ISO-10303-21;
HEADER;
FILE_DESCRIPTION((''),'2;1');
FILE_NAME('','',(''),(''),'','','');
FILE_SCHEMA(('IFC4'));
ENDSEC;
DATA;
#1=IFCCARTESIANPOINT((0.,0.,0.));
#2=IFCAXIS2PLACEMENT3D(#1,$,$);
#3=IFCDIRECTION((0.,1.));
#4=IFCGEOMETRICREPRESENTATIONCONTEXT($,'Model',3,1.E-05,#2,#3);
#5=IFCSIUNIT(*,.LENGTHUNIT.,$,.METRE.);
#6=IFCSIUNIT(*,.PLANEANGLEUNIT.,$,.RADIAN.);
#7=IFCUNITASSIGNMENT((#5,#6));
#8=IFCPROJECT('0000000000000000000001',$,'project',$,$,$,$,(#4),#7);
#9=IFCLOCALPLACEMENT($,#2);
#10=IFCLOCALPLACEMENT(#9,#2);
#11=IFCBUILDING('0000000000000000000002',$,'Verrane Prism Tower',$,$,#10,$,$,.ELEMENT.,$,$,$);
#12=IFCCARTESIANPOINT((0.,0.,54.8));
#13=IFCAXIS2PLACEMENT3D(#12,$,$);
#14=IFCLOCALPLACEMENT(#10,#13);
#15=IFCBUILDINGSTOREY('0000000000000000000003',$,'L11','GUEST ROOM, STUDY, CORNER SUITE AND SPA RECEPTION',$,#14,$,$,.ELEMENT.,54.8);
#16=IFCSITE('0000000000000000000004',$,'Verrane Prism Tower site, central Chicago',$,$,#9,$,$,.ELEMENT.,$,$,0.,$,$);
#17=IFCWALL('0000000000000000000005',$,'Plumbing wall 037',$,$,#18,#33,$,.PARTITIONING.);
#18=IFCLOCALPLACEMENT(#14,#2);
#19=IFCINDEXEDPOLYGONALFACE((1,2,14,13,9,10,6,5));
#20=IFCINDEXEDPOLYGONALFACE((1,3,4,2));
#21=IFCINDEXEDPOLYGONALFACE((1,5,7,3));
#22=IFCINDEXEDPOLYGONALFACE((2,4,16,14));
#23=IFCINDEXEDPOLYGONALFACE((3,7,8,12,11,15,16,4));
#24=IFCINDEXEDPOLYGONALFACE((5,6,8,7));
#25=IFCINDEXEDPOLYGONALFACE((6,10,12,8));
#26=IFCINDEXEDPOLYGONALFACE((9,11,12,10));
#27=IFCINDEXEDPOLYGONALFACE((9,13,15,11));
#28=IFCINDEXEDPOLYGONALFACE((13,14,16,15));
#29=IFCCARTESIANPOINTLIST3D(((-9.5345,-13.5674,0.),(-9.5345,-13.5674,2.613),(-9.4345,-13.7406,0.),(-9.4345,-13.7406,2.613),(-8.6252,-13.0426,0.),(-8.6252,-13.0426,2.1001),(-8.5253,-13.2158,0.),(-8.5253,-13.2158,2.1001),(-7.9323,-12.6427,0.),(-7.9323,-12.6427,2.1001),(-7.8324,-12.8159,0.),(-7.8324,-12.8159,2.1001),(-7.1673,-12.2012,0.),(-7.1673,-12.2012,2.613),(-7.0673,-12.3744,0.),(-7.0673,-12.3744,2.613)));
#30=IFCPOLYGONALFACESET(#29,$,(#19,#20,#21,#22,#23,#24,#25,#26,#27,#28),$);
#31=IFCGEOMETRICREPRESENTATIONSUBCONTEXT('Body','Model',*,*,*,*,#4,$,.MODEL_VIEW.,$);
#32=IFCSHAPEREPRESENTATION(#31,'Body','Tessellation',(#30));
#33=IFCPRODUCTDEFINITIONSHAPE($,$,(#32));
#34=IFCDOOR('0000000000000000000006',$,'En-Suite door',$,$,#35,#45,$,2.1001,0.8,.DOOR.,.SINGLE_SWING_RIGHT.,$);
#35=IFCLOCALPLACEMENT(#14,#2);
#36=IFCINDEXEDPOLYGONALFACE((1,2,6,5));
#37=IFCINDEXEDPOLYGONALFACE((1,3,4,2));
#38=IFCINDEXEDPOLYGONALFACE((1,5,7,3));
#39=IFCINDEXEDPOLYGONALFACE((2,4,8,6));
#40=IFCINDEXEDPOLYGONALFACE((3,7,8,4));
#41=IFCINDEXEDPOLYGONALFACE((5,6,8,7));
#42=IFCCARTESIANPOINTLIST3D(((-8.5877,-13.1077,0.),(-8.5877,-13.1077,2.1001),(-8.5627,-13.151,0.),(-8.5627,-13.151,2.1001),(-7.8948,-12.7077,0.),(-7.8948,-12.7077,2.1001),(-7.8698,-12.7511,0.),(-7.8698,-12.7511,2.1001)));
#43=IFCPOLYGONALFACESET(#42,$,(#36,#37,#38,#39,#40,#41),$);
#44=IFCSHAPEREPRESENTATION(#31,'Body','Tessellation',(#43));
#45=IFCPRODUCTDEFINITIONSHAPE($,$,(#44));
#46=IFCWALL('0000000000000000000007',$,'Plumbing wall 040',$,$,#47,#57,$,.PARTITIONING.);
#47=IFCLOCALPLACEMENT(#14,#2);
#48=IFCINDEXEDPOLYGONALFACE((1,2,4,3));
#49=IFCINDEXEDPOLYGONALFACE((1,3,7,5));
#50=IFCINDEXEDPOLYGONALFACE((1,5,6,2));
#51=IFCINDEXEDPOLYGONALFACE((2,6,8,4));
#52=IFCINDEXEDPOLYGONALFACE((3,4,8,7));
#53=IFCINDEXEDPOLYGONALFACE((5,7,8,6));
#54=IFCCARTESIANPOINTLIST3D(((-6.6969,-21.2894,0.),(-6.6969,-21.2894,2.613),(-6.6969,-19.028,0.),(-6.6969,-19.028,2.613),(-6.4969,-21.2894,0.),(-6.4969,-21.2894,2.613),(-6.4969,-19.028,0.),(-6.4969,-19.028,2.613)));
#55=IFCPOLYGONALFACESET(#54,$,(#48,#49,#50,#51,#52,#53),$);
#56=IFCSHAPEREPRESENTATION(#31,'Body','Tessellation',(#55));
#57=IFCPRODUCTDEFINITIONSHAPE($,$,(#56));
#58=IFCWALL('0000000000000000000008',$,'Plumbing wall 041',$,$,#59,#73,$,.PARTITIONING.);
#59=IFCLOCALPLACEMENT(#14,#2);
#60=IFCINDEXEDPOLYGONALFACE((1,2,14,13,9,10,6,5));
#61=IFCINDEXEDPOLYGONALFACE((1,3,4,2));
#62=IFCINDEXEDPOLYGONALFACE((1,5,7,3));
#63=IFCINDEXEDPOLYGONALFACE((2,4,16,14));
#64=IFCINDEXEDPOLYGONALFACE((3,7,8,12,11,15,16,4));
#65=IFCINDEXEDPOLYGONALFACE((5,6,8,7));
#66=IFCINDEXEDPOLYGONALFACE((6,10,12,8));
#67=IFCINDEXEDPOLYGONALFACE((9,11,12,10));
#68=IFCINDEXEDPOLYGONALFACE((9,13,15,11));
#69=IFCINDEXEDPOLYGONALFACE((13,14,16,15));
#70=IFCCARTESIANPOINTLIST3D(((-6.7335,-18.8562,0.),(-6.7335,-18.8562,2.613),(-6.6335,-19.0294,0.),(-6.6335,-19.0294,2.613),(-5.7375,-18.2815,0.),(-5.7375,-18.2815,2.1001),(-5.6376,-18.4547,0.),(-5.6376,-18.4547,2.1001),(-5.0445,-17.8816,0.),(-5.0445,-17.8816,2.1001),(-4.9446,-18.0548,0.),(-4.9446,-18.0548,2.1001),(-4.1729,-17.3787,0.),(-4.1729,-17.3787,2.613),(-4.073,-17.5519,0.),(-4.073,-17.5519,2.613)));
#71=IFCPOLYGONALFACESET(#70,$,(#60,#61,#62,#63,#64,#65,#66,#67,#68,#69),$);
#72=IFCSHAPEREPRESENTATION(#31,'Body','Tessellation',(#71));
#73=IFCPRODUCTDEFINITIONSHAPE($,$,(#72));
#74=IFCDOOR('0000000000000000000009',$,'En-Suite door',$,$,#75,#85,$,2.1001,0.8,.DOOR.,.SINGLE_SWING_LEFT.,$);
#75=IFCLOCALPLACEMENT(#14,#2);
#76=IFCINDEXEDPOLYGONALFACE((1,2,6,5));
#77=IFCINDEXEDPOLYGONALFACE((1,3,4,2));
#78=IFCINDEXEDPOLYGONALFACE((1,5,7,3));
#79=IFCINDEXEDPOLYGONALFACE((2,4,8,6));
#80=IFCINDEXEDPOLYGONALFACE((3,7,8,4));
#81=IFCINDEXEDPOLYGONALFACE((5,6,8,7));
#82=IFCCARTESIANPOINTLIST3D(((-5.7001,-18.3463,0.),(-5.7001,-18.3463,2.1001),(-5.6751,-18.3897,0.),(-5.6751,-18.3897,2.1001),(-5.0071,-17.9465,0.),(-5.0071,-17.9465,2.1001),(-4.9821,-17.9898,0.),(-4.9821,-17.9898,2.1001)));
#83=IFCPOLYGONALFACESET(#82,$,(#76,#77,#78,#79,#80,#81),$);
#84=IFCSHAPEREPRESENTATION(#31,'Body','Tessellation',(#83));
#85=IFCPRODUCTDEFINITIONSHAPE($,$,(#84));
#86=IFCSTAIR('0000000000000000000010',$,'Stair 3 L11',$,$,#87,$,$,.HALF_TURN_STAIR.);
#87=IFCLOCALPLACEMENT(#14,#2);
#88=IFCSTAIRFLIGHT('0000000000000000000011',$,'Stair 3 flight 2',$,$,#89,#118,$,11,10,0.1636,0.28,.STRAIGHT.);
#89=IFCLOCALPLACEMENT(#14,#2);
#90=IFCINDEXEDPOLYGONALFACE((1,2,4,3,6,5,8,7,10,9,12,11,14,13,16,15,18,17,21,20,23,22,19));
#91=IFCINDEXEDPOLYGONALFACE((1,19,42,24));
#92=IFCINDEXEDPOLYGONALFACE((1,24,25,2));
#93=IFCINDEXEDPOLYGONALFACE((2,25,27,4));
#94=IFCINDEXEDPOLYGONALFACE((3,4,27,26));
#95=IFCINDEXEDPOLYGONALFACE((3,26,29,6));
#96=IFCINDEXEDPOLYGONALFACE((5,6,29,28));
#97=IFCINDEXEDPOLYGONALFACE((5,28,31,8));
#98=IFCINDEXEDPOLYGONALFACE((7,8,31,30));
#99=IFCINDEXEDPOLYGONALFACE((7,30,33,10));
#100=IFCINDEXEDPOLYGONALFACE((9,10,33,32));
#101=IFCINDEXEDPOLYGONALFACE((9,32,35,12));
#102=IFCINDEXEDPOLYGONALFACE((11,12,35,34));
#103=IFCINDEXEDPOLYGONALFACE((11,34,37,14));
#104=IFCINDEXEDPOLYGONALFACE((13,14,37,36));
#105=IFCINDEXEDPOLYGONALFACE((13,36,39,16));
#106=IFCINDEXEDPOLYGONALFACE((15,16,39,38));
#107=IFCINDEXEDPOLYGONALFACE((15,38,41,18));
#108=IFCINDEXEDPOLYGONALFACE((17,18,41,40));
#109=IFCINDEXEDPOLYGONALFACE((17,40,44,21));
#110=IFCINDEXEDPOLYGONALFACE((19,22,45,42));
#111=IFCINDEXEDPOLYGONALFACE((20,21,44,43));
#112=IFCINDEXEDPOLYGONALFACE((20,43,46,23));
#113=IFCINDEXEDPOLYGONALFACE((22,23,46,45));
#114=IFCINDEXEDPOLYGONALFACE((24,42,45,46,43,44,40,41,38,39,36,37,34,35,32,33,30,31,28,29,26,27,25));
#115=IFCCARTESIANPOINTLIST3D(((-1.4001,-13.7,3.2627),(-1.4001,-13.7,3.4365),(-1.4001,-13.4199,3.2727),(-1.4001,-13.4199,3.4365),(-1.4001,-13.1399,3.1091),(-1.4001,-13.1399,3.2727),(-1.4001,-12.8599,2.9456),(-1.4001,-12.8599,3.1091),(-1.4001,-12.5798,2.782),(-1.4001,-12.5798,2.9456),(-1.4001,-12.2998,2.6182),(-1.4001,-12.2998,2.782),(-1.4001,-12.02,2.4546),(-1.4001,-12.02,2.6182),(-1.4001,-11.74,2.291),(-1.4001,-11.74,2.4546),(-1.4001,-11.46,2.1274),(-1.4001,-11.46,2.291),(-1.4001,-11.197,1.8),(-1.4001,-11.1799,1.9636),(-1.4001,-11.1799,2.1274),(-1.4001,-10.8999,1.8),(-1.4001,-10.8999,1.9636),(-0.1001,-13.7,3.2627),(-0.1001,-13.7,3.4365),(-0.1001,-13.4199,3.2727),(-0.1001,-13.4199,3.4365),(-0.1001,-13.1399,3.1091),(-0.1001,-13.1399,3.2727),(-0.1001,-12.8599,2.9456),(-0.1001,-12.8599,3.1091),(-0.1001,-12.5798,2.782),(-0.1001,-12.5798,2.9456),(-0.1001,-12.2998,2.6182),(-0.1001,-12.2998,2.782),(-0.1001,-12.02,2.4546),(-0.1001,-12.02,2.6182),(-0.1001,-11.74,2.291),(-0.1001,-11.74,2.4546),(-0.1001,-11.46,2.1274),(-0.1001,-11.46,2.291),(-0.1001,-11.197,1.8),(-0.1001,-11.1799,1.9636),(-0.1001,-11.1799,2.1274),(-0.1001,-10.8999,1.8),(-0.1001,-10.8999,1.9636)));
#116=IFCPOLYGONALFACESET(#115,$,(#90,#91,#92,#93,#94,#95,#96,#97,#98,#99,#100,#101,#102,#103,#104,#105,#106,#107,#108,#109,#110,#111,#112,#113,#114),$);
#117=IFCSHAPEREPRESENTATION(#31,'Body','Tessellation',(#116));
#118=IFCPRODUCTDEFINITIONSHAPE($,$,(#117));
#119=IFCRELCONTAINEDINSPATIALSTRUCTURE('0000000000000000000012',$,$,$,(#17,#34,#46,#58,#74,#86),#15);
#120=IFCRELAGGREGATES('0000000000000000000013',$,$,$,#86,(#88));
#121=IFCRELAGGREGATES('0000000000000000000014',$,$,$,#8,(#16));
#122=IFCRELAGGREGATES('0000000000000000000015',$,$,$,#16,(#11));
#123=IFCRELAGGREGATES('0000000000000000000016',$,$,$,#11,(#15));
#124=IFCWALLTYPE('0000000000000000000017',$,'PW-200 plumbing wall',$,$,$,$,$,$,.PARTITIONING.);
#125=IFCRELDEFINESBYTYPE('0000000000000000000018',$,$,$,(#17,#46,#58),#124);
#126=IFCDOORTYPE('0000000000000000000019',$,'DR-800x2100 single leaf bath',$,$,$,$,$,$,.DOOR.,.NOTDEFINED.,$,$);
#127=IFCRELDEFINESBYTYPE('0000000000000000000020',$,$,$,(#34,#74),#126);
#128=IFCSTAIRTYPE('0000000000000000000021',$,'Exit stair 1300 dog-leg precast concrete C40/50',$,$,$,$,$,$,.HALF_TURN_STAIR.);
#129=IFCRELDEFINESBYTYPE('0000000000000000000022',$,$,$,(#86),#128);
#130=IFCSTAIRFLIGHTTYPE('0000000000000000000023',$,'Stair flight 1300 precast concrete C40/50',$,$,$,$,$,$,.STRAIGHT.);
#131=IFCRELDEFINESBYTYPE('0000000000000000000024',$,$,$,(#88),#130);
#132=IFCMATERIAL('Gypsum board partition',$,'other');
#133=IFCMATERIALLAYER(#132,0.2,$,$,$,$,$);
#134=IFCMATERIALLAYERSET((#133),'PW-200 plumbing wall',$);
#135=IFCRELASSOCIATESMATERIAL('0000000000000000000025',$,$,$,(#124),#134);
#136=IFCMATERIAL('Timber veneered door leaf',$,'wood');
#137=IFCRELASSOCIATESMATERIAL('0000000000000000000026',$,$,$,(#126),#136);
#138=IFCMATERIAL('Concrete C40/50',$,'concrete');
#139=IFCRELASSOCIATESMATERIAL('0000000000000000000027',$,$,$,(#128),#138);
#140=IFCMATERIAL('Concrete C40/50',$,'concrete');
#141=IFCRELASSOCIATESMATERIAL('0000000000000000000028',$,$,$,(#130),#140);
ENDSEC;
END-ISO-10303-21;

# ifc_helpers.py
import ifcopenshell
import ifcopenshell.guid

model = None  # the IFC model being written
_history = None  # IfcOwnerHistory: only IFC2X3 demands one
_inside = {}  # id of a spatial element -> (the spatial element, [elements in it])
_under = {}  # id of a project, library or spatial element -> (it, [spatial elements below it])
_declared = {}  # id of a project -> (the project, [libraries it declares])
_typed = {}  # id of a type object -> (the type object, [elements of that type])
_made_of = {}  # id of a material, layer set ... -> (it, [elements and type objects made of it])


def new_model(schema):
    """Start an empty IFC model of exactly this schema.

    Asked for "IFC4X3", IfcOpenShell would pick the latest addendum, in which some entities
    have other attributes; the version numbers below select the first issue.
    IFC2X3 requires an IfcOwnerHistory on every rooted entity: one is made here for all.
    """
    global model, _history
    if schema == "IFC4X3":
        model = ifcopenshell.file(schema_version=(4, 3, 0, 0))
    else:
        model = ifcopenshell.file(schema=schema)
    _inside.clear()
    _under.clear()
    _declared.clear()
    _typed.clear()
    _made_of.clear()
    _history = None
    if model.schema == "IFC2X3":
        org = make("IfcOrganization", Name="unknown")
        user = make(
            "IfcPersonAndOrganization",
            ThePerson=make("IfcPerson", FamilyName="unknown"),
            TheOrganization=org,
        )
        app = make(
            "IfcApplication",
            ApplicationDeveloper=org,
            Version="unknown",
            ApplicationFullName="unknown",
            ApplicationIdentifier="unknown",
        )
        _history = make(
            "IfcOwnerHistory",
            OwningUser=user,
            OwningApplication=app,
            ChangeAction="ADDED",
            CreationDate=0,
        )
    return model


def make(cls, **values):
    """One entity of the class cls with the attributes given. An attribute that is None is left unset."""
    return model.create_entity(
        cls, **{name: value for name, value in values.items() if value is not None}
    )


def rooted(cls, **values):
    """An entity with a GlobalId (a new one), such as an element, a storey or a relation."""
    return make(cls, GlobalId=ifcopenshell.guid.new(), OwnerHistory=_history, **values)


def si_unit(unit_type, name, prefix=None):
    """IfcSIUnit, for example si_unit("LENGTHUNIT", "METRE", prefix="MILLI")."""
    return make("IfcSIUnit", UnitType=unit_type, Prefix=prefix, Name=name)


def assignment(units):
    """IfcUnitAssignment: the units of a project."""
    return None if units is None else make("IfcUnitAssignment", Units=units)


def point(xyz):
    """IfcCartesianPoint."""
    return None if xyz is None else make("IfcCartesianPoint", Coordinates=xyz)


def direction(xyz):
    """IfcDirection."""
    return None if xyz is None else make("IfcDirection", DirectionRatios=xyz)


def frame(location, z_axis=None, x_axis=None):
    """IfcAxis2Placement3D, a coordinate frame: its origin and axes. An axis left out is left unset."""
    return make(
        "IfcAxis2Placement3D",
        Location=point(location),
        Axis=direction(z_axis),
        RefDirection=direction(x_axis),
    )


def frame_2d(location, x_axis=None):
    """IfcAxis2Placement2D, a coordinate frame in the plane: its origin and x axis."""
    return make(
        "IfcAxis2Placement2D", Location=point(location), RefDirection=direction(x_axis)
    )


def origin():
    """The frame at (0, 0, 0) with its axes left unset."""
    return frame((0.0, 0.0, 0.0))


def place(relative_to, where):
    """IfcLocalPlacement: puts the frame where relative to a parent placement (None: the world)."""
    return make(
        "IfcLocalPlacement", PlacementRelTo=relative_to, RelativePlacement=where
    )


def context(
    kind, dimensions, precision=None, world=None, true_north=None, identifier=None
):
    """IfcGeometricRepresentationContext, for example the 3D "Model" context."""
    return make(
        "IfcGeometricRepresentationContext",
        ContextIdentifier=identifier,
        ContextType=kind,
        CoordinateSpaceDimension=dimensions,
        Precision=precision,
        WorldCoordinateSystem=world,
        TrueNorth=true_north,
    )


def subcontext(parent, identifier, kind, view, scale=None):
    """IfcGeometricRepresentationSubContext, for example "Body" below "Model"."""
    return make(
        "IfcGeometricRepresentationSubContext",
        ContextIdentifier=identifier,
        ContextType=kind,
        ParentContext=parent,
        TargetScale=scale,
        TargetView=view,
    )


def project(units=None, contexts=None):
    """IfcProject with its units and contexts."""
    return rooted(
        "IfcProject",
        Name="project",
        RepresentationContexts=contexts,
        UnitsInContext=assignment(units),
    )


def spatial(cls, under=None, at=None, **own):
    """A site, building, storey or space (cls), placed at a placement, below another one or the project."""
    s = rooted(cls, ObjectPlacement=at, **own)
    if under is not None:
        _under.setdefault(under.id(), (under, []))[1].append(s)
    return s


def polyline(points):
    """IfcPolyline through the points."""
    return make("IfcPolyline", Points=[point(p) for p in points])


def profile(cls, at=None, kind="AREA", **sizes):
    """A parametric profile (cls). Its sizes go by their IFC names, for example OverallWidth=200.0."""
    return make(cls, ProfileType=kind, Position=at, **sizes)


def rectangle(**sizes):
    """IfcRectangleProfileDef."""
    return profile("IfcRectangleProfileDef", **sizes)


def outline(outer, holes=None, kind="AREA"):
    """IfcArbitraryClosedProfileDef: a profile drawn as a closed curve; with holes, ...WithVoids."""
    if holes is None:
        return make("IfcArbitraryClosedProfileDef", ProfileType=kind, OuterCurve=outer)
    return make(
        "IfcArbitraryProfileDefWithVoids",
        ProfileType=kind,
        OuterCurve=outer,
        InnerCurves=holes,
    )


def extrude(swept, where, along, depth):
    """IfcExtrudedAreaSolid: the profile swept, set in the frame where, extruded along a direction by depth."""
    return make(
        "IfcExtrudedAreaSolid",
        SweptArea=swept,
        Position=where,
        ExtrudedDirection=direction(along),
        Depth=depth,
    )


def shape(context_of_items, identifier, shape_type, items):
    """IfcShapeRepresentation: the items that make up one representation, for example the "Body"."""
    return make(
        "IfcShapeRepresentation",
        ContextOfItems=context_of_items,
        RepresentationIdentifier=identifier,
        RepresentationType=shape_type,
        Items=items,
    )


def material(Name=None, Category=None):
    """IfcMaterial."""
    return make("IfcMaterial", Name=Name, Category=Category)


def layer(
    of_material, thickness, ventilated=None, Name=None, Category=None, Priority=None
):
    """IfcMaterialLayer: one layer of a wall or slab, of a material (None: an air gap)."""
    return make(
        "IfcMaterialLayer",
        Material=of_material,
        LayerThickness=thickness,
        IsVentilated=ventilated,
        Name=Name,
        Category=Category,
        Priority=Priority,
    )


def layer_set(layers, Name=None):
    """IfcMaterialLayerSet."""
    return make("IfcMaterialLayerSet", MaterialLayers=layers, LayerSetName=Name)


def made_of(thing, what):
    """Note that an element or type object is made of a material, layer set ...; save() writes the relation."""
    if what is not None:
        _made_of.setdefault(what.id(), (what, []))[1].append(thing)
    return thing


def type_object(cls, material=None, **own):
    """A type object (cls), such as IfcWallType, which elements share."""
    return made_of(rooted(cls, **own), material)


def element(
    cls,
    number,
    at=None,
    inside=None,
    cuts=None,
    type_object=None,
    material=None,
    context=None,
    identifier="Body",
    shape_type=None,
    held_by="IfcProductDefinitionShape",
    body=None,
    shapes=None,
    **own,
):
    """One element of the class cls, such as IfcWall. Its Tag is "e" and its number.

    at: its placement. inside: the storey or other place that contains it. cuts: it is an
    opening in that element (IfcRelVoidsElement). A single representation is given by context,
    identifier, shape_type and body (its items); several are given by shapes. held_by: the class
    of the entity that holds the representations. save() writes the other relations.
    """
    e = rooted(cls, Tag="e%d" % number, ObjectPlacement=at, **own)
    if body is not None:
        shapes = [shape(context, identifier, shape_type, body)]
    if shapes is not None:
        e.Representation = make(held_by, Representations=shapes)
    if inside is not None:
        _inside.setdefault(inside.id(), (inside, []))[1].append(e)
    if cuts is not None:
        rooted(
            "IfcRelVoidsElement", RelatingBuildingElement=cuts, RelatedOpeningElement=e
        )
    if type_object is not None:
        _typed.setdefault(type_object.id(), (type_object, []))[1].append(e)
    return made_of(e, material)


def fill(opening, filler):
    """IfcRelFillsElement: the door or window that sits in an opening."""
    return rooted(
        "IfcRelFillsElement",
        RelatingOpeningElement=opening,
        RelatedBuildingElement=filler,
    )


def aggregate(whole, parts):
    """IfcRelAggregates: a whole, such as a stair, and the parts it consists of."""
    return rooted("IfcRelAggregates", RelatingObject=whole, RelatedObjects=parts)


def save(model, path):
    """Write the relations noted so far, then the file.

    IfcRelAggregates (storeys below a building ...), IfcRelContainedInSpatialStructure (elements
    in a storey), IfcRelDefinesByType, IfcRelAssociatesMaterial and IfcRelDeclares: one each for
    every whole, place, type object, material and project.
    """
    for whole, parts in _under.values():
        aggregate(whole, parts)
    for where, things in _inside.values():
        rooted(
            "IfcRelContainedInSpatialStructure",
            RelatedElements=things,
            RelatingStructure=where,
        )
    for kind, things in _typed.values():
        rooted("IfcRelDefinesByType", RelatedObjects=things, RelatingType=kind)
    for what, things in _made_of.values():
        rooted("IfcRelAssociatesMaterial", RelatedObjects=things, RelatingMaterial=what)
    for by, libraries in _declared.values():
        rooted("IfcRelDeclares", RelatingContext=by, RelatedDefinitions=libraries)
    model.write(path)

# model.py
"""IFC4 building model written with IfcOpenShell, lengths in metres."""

from ifc_helpers import new_model, si_unit, direction, frame, frame_2d, origin, place, context, subcontext, project, spatial, polyline, rectangle, outline, extrude, material, layer, layer_set, type_object, element, fill, aggregate, save


model = new_model("IFC4")

# Units and contexts
model_context = context("Model", 3, precision=1e-05, world=origin(), true_north=direction((0.0, 1.0)))
body_context = subcontext(model_context, "Body", "Model", "MODEL_VIEW")
ifc_project = project(units=[si_unit("LENGTHUNIT", "METRE"), si_unit("PLANEANGLEUNIT", "RADIAN")], contexts=[model_context])

# Site, building, storey
site_placement = place(None, origin())
site = spatial("IfcSite", under=ifc_project, at=site_placement, Name="Verrane Prism Tower site, central Chicago", CompositionType="ELEMENT", RefElevation=0.0)
building_placement = place(site_placement, origin())
building = spatial("IfcBuilding", under=site, at=building_placement, Name="Verrane Prism Tower", CompositionType="ELEMENT")
storey_placement = place(building_placement, frame((0.0, 0.0, 54.8)))
storey = spatial("IfcBuildingStorey", under=building, at=storey_placement, Name="L11", Description="GUEST ROOM, STUDY, CORNER SUITE AND SPA RECEPTION", CompositionType="ELEMENT", Elevation=54.8)

# Shared definitions
ifc_material_1 = material(Name="Gypsum board partition", Category="other")
ifc_layer_1 = layer(ifc_material_1, 0.2)
ifc_layer_set_1 = layer_set([ifc_layer_1], Name="PW-200 plumbing wall")
wall_type_1 = type_object("IfcWallType", Name="PW-200 plumbing wall", PredefinedType="PARTITIONING", material=ifc_layer_set_1)

# Wall, opening, door
wall_1_placement = place(storey_placement, frame((-9.4846, -13.6541, 0.0), z_axis=(0.0, 0.0, 1.0), x_axis=(0.866102, 0.499867, 0.0)))
wall_1 = element("IfcWall", 1, at=wall_1_placement, inside=storey, type_object=wall_type_1, Name="Plumbing wall 037", PredefinedType="PARTITIONING", context=body_context, shape_type="SweptSolid", body=[
    extrude(rectangle(XDim=2.7332, YDim=0.2, at=frame_2d((1.3667, 0.0))), origin(), (0.0, 0.0, 1.0), 2.613),
])
opening_1_placement = place(wall_1_placement, frame((1.05, 0.0, 0.0)))
opening_1 = element("IfcOpeningElement", 2, at=opening_1_placement, cuts=wall_1, PredefinedType="OPENING", context=body_context, shape_type="SweptSolid", body=[
    extrude(rectangle(XDim=0.8, YDim=2.1001, at=frame_2d((0.3999, 1.05))), frame((0.0, 0.1099, 0.0), z_axis=(0.0, -1.0, 0.0), x_axis=(1.0, 0.0, 0.0)), (0.0, 0.0, 1.0), 0.22),
])
ifc_material_2 = material(Name="Timber veneered door leaf", Category="wood")
door_type_1 = type_object("IfcDoorType", Name="DR-800x2100 single leaf bath", OperationType="NOTDEFINED", PredefinedType="DOOR", material=ifc_material_2)
door_1_placement = place(opening_1_placement, origin())
door_1 = element("IfcDoor", 3, at=door_1_placement, inside=storey, type_object=door_type_1, Name="En-Suite door", OperationType="SINGLE_SWING_RIGHT", OverallHeight=2.1001, OverallWidth=0.8, PredefinedType="DOOR", context=body_context, shape_type="SweptSolid", body=[
    extrude(rectangle(XDim=0.8, YDim=2.1001, at=frame_2d((0.3999, 1.05))), frame((0.0, 0.0249, 0.0), z_axis=(0.0, -1.0, 0.0), x_axis=(1.0, 0.0, 0.0)), (0.0, 0.0, 1.0), 0.05),
])
fill(opening_1, door_1)

# Wall
wall_2_placement = place(storey_placement, frame((-6.5969, -21.2896, 0.0), z_axis=(0.0, 0.0, 1.0), x_axis=(0.0, 1.0, 0.0)))
element("IfcWall", 4, at=wall_2_placement, inside=storey, type_object=wall_type_1, Name="Plumbing wall 040", PredefinedType="PARTITIONING", context=body_context, shape_type="SweptSolid", body=[
    extrude(rectangle(XDim=2.2615, YDim=0.2, at=frame_2d((1.1309, 0.0))), origin(), (0.0, 0.0, 1.0), 2.613),
])

# Wall, opening, door
wall_3_placement = place(storey_placement, frame((-4.123, -17.4653, 0.0), z_axis=(0.0, 0.0, 1.0), x_axis=(-0.866142, -0.499799, 0.0)))
wall_3 = element("IfcWall", 5, at=wall_3_placement, inside=storey, type_object=wall_type_1, Name="Plumbing wall 041", PredefinedType="PARTITIONING", context=body_context, shape_type="SweptSolid", body=[
    extrude(rectangle(XDim=2.9563, YDim=0.2, at=frame_2d((1.478, 0.0))), origin(), (0.0, 0.0, 1.0), 2.613),
])
opening_2_placement = place(wall_3_placement, frame((1.0063, 0.0, 0.0)))
opening_2 = element("IfcOpeningElement", 6, at=opening_2_placement, cuts=wall_3, PredefinedType="OPENING", context=body_context, shape_type="SweptSolid", body=[
    extrude(rectangle(XDim=0.8, YDim=2.1001, at=frame_2d((0.3999, 1.05))), frame((0.0, 0.1099, 0.0), z_axis=(0.0, -1.0, 0.0), x_axis=(1.0, 0.0, 0.0)), (0.0, 0.0, 1.0), 0.22),
])
door_2_placement = place(opening_2_placement, origin())
door_2 = element("IfcDoor", 7, at=door_2_placement, inside=storey, type_object=door_type_1, Name="En-Suite door", OperationType="SINGLE_SWING_LEFT", OverallHeight=2.1001, OverallWidth=0.8, PredefinedType="DOOR", context=body_context, shape_type="SweptSolid", body=[
    extrude(rectangle(XDim=0.8, YDim=2.1001, at=frame_2d((0.3999, 1.05))), frame((0.0, 0.0249, 0.0), z_axis=(0.0, -1.0, 0.0), x_axis=(1.0, 0.0, 0.0)), (0.0, 0.0, 1.0), 0.05),
])
fill(opening_2, door_2)

# Stair, stair flight
ifc_material_3 = material(Name="Concrete C40/50", Category="concrete")
stair_type = type_object("IfcStairType", Name="Exit stair 1300 dog-leg precast concrete C40/50", PredefinedType="HALF_TURN_STAIR", material=ifc_material_3)
stair_placement = place(storey_placement, origin())
stair = element("IfcStair", 8, at=stair_placement, inside=storey, type_object=stair_type, Name="Stair 3 L11", PredefinedType="HALF_TURN_STAIR")
ifc_material_4 = material(Name="Concrete C40/50", Category="concrete")
stair_flight_type = type_object("IfcStairFlightType", Name="Stair flight 1300 precast concrete C40/50", PredefinedType="STRAIGHT", material=ifc_material_4)
stair_flight_placement = place(storey_placement, frame((-0.75, -10.8999, 1.8), z_axis=(0.0, 0.0, 1.0), x_axis=(0.0, -1.0, 0.0)))
stair_flight = element("IfcStairFlight", 9, at=stair_flight_placement, type_object=stair_flight_type, Name="Stair 3 flight 2", NumberOfRisers=11, NumberOfTreads=10, PredefinedType="STRAIGHT", RiserHeight=0.1636, TreadLength=0.28, context=body_context, shape_type="SweptSolid", body=[
    extrude(outline(polyline([(0.0, 0.0), (0.0, 0.1636), (0.28, 0.1636), (0.28, 0.3274), (0.5601, 0.3274), (0.5601, 0.491), (0.8401, 0.491), (0.8401, 0.6545), (1.1201, 0.6545), (1.1201, 0.8181), (1.3999, 0.8181), (1.3999, 0.9819), (1.6799, 0.9819), (1.6799, 1.1455), (1.96, 1.1455), (1.96, 1.3091), (2.24, 1.3091), (2.24, 1.4727), (2.52, 1.4727), (2.52, 1.6365), (2.8, 1.6365), (2.8, 1.8), (2.8, 1.4626), (0.2971, 0.0), (0.0, 0.0)])), frame((0.0, 0.6499, 0.0), z_axis=(0.0, -1.0, 0.0), x_axis=(1.0, 0.0, 0.0)), (0.0, 0.0, 1.0), 1.3),
])
aggregate(stair, [stair_flight])

save(model, "model.ifc")
